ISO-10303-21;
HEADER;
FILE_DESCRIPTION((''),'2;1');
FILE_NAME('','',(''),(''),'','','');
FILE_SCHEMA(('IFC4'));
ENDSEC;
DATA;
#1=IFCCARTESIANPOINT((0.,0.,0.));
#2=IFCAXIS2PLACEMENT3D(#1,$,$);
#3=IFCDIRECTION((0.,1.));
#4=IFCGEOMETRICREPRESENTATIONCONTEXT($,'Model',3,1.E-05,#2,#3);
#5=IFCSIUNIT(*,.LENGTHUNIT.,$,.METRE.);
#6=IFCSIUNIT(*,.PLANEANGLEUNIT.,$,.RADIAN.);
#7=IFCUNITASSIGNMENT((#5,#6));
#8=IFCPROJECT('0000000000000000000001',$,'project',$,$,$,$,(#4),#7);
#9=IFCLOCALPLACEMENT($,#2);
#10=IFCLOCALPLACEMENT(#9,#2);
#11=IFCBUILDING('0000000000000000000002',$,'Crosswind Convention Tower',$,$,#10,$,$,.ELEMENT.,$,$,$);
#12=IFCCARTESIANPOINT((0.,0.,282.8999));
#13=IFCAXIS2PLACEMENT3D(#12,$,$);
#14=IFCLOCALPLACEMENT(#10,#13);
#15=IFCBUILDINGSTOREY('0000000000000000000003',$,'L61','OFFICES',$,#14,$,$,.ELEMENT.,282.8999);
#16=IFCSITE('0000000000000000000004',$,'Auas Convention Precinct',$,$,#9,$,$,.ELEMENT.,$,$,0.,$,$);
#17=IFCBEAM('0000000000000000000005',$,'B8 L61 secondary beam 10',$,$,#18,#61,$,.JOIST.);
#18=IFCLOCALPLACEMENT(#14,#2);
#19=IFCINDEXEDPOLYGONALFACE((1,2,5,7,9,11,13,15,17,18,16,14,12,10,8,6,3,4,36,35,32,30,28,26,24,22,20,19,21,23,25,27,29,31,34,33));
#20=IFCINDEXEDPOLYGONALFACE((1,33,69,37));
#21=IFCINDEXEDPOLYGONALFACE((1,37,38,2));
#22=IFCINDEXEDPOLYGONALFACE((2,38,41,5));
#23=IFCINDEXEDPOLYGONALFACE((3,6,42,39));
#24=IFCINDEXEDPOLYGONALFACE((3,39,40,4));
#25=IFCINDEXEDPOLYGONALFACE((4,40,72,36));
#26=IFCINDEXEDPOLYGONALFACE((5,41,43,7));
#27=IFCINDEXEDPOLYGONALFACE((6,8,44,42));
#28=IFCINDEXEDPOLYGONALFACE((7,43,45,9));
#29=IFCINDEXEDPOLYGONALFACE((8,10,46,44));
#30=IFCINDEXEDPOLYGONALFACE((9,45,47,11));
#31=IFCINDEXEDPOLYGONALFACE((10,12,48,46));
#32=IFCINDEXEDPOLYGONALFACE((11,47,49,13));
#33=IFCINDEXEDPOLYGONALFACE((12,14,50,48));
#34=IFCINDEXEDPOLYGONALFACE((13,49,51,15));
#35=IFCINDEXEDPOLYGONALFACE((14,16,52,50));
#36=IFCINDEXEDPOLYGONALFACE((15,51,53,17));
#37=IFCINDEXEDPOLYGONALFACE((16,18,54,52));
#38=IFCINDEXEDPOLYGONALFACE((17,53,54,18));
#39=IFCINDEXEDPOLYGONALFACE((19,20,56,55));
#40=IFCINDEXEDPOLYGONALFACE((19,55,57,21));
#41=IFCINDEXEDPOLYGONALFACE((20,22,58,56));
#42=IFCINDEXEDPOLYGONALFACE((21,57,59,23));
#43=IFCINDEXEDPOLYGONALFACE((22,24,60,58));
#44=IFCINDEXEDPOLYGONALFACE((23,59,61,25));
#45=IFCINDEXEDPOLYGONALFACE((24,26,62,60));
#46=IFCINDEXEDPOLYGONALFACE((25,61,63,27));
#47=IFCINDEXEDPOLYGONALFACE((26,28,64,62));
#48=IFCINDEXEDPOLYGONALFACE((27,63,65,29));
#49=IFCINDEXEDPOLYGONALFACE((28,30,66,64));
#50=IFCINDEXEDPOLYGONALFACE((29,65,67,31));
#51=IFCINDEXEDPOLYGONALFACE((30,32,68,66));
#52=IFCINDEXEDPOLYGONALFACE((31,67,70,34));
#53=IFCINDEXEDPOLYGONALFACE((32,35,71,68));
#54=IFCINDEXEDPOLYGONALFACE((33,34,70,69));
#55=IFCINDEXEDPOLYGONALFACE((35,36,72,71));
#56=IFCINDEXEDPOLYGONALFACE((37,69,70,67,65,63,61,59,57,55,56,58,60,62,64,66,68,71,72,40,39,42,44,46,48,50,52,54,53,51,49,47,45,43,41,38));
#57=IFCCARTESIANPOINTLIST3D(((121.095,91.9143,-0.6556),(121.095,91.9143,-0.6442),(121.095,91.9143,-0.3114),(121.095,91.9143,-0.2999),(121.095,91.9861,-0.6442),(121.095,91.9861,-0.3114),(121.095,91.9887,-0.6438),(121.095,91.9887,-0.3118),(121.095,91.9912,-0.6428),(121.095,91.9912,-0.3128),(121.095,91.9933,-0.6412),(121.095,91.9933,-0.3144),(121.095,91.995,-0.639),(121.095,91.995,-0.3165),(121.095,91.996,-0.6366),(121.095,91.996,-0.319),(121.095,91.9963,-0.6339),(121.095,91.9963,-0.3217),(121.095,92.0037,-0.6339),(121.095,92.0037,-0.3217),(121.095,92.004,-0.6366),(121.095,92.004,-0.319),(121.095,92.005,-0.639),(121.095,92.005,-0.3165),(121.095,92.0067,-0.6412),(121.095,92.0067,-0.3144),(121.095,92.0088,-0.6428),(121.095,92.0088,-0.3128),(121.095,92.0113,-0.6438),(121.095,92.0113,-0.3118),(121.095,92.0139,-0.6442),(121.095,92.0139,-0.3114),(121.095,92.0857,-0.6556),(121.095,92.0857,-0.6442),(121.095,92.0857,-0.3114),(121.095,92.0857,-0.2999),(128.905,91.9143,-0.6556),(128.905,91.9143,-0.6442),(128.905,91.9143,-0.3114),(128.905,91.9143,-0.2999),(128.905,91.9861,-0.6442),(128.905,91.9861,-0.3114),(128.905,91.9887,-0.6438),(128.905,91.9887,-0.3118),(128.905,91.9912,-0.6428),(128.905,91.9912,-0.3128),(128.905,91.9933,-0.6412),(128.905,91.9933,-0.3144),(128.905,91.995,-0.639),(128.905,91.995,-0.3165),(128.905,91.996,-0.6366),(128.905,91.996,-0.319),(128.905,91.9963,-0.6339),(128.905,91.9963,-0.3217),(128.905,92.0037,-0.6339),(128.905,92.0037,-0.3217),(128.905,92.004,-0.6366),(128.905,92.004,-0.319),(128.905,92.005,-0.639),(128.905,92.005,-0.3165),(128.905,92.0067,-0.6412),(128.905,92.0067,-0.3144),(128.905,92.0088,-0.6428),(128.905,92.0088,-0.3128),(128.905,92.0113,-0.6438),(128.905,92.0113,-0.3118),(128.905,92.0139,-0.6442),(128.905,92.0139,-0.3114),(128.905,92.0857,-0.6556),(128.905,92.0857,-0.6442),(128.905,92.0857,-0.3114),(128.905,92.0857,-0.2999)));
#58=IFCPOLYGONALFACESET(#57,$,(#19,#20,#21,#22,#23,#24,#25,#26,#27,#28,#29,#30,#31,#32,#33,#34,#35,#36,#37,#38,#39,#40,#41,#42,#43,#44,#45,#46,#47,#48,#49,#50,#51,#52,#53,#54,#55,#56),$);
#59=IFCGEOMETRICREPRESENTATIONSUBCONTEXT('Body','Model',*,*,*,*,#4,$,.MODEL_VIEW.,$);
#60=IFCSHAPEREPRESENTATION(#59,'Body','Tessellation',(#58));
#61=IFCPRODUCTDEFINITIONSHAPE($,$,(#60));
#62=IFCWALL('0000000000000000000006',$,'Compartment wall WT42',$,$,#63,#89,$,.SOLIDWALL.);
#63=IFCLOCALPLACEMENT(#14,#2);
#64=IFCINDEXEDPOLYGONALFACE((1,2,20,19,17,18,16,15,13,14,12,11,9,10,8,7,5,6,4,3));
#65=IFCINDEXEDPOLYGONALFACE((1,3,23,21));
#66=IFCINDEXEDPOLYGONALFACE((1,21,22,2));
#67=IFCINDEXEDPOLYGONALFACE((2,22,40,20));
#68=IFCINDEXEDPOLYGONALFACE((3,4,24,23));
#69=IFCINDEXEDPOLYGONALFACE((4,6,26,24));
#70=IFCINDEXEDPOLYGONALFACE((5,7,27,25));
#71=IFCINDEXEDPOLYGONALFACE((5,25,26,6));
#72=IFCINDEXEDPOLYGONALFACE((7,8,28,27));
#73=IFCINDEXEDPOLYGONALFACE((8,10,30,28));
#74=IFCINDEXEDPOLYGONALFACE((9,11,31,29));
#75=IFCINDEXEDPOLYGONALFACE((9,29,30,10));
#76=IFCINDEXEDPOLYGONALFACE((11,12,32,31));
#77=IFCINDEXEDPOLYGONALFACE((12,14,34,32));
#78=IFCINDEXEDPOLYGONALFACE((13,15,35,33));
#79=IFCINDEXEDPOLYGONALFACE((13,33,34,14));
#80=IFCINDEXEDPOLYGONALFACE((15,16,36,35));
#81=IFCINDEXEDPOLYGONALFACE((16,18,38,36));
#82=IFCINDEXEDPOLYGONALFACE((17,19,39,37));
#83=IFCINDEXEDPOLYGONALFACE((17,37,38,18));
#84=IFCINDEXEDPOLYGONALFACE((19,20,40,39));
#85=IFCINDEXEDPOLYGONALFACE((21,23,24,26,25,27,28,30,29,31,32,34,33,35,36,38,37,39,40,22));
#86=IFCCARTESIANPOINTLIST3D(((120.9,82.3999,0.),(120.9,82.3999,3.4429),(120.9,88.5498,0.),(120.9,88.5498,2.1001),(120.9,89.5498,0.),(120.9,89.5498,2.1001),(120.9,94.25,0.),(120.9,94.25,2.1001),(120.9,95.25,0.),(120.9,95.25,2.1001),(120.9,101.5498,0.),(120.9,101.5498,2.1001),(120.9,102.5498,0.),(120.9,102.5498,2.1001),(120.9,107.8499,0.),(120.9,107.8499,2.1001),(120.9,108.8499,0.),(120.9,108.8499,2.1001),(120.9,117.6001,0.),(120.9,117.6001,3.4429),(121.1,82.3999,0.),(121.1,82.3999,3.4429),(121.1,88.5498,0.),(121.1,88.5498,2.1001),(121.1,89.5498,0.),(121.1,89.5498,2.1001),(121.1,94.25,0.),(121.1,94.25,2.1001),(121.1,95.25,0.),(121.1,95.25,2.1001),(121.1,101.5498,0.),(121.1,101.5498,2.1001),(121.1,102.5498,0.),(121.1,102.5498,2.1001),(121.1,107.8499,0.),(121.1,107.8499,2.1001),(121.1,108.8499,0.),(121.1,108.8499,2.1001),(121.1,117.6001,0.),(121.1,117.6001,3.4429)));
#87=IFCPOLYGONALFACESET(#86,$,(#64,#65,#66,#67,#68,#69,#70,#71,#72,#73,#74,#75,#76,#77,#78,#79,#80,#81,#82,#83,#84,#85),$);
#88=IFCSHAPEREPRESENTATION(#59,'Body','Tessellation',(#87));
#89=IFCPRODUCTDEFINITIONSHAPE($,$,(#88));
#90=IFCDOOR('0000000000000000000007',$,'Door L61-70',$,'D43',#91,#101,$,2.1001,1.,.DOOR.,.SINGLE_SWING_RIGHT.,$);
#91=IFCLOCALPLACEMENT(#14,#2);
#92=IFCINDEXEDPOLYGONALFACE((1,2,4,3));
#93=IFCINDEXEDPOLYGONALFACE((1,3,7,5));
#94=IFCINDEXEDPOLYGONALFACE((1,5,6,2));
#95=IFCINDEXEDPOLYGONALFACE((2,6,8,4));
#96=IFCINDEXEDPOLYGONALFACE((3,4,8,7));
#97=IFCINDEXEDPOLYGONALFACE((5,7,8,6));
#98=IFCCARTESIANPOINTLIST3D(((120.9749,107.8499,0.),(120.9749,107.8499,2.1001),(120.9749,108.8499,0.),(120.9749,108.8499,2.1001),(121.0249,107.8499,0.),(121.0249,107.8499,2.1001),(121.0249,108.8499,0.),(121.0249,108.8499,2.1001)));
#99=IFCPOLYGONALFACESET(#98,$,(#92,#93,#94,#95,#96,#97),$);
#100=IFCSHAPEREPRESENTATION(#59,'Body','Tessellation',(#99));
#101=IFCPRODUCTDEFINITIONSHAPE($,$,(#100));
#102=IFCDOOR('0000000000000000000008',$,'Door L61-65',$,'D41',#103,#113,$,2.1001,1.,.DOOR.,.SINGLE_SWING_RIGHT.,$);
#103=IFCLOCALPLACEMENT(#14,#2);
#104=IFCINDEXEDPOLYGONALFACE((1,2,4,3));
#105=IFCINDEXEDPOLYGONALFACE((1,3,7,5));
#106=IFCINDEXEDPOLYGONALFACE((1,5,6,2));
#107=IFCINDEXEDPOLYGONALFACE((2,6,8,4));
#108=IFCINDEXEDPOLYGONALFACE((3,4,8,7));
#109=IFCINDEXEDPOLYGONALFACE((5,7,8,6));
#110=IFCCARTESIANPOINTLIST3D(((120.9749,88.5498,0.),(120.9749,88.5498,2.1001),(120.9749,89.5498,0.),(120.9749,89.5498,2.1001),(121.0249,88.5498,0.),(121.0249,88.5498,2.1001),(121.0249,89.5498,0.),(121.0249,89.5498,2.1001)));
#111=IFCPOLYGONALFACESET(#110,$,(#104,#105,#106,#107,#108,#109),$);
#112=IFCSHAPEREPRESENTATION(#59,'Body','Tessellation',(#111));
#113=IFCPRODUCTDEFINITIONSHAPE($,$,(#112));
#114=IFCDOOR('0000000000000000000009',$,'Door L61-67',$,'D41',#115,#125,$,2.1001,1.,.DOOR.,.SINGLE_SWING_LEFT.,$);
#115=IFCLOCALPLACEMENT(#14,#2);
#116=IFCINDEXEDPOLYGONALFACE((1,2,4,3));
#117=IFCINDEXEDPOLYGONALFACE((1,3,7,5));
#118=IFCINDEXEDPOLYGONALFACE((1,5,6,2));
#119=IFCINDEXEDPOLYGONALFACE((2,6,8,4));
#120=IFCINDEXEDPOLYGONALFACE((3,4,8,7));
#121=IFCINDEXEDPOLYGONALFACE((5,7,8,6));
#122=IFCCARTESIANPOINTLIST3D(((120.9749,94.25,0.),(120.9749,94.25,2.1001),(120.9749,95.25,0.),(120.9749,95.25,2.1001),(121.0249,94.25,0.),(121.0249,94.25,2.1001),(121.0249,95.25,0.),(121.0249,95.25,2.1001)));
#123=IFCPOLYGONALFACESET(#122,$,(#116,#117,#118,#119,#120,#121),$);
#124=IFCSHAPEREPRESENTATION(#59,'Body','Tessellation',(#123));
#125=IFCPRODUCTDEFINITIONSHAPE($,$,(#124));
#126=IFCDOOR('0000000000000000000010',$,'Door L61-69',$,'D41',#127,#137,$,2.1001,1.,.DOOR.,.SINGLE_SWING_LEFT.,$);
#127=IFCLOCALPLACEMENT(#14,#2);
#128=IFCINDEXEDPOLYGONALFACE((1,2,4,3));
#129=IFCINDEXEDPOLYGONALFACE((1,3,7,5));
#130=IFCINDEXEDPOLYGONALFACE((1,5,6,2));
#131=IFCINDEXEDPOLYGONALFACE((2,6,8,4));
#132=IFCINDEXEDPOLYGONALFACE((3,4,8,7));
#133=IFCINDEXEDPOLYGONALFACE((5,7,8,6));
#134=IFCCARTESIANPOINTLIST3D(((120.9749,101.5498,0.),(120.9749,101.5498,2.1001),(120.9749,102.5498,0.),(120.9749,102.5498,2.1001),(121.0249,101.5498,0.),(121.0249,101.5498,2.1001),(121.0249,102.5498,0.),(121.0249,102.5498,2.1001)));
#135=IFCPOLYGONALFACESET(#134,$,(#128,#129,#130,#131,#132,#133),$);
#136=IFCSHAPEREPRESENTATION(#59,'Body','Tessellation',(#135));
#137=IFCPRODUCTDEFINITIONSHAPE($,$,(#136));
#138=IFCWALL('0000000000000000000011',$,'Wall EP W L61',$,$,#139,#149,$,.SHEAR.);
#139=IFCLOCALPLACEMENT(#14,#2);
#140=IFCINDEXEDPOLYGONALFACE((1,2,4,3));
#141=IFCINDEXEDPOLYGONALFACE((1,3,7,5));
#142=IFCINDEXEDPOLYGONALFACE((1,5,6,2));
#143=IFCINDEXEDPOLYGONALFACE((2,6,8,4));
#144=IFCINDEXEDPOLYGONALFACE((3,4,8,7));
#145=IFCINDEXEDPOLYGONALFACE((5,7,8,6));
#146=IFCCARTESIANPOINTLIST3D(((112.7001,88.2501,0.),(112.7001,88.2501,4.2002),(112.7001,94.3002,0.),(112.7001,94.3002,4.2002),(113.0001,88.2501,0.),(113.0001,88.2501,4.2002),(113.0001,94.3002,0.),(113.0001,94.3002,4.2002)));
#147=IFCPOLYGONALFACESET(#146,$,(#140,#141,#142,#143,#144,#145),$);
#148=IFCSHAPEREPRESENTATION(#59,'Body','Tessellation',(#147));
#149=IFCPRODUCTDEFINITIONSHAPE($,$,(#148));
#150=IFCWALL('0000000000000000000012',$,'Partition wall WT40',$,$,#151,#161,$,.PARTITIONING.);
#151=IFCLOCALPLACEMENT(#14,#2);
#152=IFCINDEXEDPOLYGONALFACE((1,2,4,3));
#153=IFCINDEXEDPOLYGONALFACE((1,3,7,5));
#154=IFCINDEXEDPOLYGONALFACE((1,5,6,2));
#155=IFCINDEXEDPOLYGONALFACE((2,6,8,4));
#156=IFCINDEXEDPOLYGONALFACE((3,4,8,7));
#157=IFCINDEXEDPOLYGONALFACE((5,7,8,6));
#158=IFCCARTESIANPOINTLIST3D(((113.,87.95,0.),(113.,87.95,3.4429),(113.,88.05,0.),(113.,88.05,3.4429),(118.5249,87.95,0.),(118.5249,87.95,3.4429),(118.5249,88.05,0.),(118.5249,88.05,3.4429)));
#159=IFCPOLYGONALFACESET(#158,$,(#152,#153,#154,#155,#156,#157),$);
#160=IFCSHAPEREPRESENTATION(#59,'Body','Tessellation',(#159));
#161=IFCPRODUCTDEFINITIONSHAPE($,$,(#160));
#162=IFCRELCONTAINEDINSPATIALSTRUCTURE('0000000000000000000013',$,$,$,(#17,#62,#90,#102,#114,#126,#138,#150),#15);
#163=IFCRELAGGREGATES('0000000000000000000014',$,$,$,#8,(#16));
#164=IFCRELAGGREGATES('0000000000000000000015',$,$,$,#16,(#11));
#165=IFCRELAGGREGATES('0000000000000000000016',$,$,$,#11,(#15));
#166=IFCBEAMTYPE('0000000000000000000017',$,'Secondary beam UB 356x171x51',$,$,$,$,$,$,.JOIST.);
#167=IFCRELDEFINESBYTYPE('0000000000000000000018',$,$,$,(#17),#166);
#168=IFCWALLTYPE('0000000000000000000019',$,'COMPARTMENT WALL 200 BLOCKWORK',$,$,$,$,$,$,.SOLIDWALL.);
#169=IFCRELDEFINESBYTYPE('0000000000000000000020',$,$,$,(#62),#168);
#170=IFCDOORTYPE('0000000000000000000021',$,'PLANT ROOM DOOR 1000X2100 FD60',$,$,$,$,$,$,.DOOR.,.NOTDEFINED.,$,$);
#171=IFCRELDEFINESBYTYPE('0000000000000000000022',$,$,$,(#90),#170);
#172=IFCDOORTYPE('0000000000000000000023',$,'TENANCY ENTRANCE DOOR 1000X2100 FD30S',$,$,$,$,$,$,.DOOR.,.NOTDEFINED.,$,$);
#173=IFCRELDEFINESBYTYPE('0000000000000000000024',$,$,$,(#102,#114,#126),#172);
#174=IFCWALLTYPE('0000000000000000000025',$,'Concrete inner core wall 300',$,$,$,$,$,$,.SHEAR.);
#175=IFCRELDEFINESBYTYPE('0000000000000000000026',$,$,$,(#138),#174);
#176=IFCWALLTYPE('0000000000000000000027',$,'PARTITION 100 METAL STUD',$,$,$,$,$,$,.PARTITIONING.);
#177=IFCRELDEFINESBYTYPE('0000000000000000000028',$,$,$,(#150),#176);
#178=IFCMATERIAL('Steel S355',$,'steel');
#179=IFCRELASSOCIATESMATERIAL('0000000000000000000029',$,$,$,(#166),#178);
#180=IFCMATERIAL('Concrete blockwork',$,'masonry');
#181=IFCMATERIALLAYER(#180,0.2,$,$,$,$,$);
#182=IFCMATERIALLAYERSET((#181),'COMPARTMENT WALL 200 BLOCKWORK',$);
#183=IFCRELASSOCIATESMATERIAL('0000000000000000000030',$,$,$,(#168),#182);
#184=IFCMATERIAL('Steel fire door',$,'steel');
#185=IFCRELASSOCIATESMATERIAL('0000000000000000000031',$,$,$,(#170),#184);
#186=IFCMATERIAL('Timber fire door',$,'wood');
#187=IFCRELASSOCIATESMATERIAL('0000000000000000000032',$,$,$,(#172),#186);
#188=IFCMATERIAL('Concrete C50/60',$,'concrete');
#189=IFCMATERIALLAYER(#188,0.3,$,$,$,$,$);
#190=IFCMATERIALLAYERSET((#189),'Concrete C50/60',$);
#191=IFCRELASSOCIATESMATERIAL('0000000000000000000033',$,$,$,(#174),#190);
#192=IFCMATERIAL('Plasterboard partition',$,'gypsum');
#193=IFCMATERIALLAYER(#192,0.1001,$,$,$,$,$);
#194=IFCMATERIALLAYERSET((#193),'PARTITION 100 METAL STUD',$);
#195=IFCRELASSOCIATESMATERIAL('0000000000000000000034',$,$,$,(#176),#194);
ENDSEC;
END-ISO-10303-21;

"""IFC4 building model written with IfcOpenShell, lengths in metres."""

from ifc_helpers import new_model, si_unit, direction, frame, frame_2d, origin, origin_2d, place, context, subcontext, project, spatial, rectangle, i_section, extrude, material, layer, layer_set, material_profile, profile_set, type_object, element, fill, save


model = new_model("IFC4")

# Units and contexts
model_context = context("Model", 3, precision=1e-05, world=origin(), true_north=direction((0.0, 1.0)))
body_context = subcontext(model_context, "Body", "Model", "MODEL_VIEW")
ifc_project = project(units=[si_unit("LENGTHUNIT", "METRE"), si_unit("PLANEANGLEUNIT", "RADIAN")], contexts=[model_context])

# Site, building, storey
site_placement = place(None, origin())
site = spatial("IfcSite", under=ifc_project, at=site_placement, Name="Auas Convention Precinct", CompositionType="ELEMENT", RefElevation=0.0)
building_placement = place(site_placement, origin())
building = spatial("IfcBuilding", under=site, at=building_placement, Name="Crosswind Convention Tower", CompositionType="ELEMENT")
storey_placement = place(building_placement, frame((0.0, 0.0, 282.8999)))
storey = spatial("IfcBuildingStorey", under=building, at=storey_placement, Name="L61", Description="OFFICES", CompositionType="ELEMENT", Elevation=282.8999)

# Beam
ifc_material_1 = material(Name="Steel S355", Category="steel")
ifc_material_profile_1 = material_profile(ifc_material_1, i_section(OverallWidth=0.1714, OverallDepth=0.3557, WebThickness=0.0073, FlangeThickness=0.0115, FilletRadius=0.0103, at=origin_2d()), Name="UB 356x171x51")
ifc_profile_set_1 = profile_set([ifc_material_profile_1], Name="Steel S355")
beam_type_1 = type_object("IfcBeamType", Name="Secondary beam UB 356x171x51", PredefinedType="JOIST", material=ifc_profile_set_1)
for number, where, z_axis, x_axis, name in (
    (1, (121.095, 92.0, -0.4778), (1.0, 0.0, 0.0), (0.0, 1.0, 0.0), "B8 L61 secondary beam 10"),
):
    element("IfcBeam", number, at=place(storey_placement, frame(where, z_axis=z_axis, x_axis=x_axis)), inside=storey, type_object=beam_type_1, Name=name, PredefinedType="JOIST", context=body_context, shape_type="SweptSolid", body=[
        extrude(i_section(OverallWidth=0.1714, OverallDepth=0.3557, WebThickness=0.0073, FlangeThickness=0.0115, FilletRadius=0.0103, at=origin_2d()), origin(), (0.0, 0.0, 1.0), 7.8101),
    ])

# Wall, openings, doors
ifc_material_2 = material(Name="Concrete blockwork", Category="masonry")
ifc_layer_1 = layer(ifc_material_2, 0.2)
ifc_layer_set_1 = layer_set([ifc_layer_1], Name="COMPARTMENT WALL 200 BLOCKWORK")
wall_type_1 = type_object("IfcWallType", Name="COMPARTMENT WALL 200 BLOCKWORK", PredefinedType="SOLIDWALL", material=ifc_layer_set_1)
wall_1_placement = place(storey_placement, frame((121.0, 82.3999, 0.0), z_axis=(0.0, 0.0, 1.0), x_axis=(0.0, 1.0, 0.0)))
wall_1 = element("IfcWall", 2, at=wall_1_placement, inside=storey, type_object=wall_type_1, Name="Compartment wall WT42", PredefinedType="SOLIDWALL", context=body_context, shape_type="SweptSolid", body=[
    extrude(rectangle(XDim=35.2002, YDim=0.2, at=frame_2d((17.6001, 0.0))), origin(), (0.0, 0.0, 1.0), 3.4429),
])
opening_1_placement = place(wall_1_placement, frame((6.1499, 0.0, 0.0)))
opening_1 = element("IfcOpeningElement", 3, at=opening_1_placement, cuts=wall_1, PredefinedType="OPENING", context=body_context, shape_type="SweptSolid", body=[
    extrude(rectangle(XDim=1.0, YDim=2.1001, at=frame_2d((0.5, 1.05))), frame((0.0, 0.1099, 0.0), z_axis=(0.0, -1.0, 0.0), x_axis=(1.0, 0.0, 0.0)), (0.0, 0.0, 1.0), 0.22),
])
opening_2_placement = place(wall_1_placement, frame((11.8501, 0.0, 0.0)))
opening_2 = element("IfcOpeningElement", 4, at=opening_2_placement, cuts=wall_1, PredefinedType="OPENING", context=body_context, shape_type="SweptSolid", body=[
    extrude(rectangle(XDim=1.0, YDim=2.1001, at=frame_2d((0.5, 1.05))), frame((0.0, 0.1099, 0.0), z_axis=(0.0, -1.0, 0.0), x_axis=(1.0, 0.0, 0.0)), (0.0, 0.0, 1.0), 0.22),
])
opening_3_placement = place(wall_1_placement, frame((19.1499, 0.0, 0.0)))
opening_3 = element("IfcOpeningElement", 5, at=opening_3_placement, cuts=wall_1, PredefinedType="OPENING", context=body_context, shape_type="SweptSolid", body=[
    extrude(rectangle(XDim=1.0, YDim=2.1001, at=frame_2d((0.5, 1.05))), frame((0.0, 0.1099, 0.0), z_axis=(0.0, -1.0, 0.0), x_axis=(1.0, 0.0, 0.0)), (0.0, 0.0, 1.0), 0.22),
])
opening_4_placement = place(wall_1_placement, frame((25.45, 0.0, 0.0)))
opening_4 = element("IfcOpeningElement", 6, at=opening_4_placement, cuts=wall_1, PredefinedType="OPENING", context=body_context, shape_type="SweptSolid", body=[
    extrude(rectangle(XDim=1.0, YDim=2.1001, at=frame_2d((0.5, 1.05))), frame((0.0, 0.1099, 0.0), z_axis=(0.0, -1.0, 0.0), x_axis=(1.0, 0.0, 0.0)), (0.0, 0.0, 1.0), 0.22),
])
ifc_material_3 = material(Name="Steel fire door", Category="steel")
door_type_1 = type_object("IfcDoorType", Name="PLANT ROOM DOOR 1000X2100 FD60", OperationType="NOTDEFINED", PredefinedType="DOOR", material=ifc_material_3)
door_1_placement = place(opening_4_placement, frame((1.0, 0.0, 0.0), z_axis=(0.0, 0.0, 1.0), x_axis=(-1.0, 0.0, 0.0)))
door_1 = element("IfcDoor", 7, at=door_1_placement, inside=storey, type_object=door_type_1, Name="Door L61-70", ObjectType="D43", OperationType="SINGLE_SWING_RIGHT", OverallHeight=2.1001, OverallWidth=1.0, PredefinedType="DOOR", context=body_context, shape_type="SweptSolid", body=[
    extrude(rectangle(XDim=1.0, YDim=2.1001, at=frame_2d((0.5, 1.05))), frame((0.0, 0.0249, 0.0), z_axis=(0.0, -1.0, 0.0), x_axis=(1.0, 0.0, 0.0)), (0.0, 0.0, 1.0), 0.05),
])
fill(opening_4, door_1)
ifc_material_4 = material(Name="Timber fire door", Category="wood")
door_type_2 = type_object("IfcDoorType", Name="TENANCY ENTRANCE DOOR 1000X2100 FD30S", OperationType="NOTDEFINED", PredefinedType="DOOR", material=ifc_material_4)
door_2_placement = place(opening_1_placement, frame((1.0, 0.0, 0.0), z_axis=(0.0, 0.0, 1.0), x_axis=(-1.0, 0.0, 0.0)))
door_2 = element("IfcDoor", 8, at=door_2_placement, inside=storey, type_object=door_type_2, Name="Door L61-65", ObjectType="D41", OperationType="SINGLE_SWING_RIGHT", OverallHeight=2.1001, OverallWidth=1.0, PredefinedType="DOOR", context=body_context, shape_type="SweptSolid", body=[
    extrude(rectangle(XDim=1.0, YDim=2.1001, at=frame_2d((0.5, 1.05))), frame((0.0, 0.0249, 0.0), z_axis=(0.0, -1.0, 0.0), x_axis=(1.0, 0.0, 0.0)), (0.0, 0.0, 1.0), 0.05),
])
fill(opening_1, door_2)
door_3_placement = place(opening_2_placement, frame((1.0, 0.0, 0.0), z_axis=(0.0, 0.0, 1.0), x_axis=(-1.0, 0.0, 0.0)))
door_3 = element("IfcDoor", 9, at=door_3_placement, inside=storey, type_object=door_type_2, Name="Door L61-67", ObjectType="D41", OperationType="SINGLE_SWING_LEFT", OverallHeight=2.1001, OverallWidth=1.0, PredefinedType="DOOR", context=body_context, shape_type="SweptSolid", body=[
    extrude(rectangle(XDim=1.0, YDim=2.1001, at=frame_2d((0.5, 1.05))), frame((0.0, 0.0249, 0.0), z_axis=(0.0, -1.0, 0.0), x_axis=(1.0, 0.0, 0.0)), (0.0, 0.0, 1.0), 0.05),
])
fill(opening_2, door_3)
door_4_placement = place(opening_3_placement, frame((1.0, 0.0, 0.0), z_axis=(0.0, 0.0, 1.0), x_axis=(-1.0, 0.0, 0.0)))
door_4 = element("IfcDoor", 10, at=door_4_placement, inside=storey, type_object=door_type_2, Name="Door L61-69", ObjectType="D41", OperationType="SINGLE_SWING_LEFT", OverallHeight=2.1001, OverallWidth=1.0, PredefinedType="DOOR", context=body_context, shape_type="SweptSolid", body=[
    extrude(rectangle(XDim=1.0, YDim=2.1001, at=frame_2d((0.5, 1.05))), frame((0.0, 0.0249, 0.0), z_axis=(0.0, -1.0, 0.0), x_axis=(1.0, 0.0, 0.0)), (0.0, 0.0, 1.0), 0.05),
])
fill(opening_3, door_4)

# Walls
ifc_material_5 = material(Name="Concrete C50/60", Category="concrete")
ifc_layer_2 = layer(ifc_material_5, 0.3)
ifc_layer_set_2 = layer_set([ifc_layer_2], Name="Concrete C50/60")
wall_type_2 = type_object("IfcWallType", Name="Concrete inner core wall 300", PredefinedType="SHEAR", material=ifc_layer_set_2)
wall_2_placement = place(storey_placement, frame((112.8501, 94.3, 0.0), z_axis=(0.0, 0.0, 1.0), x_axis=(0.0, -1.0, 0.0)))
element("IfcWall", 11, at=wall_2_placement, inside=storey, type_object=wall_type_2, Name="Wall EP W L61", PredefinedType="SHEAR", context=body_context, shape_type="SweptSolid", body=[
    extrude(rectangle(XDim=6.05, YDim=0.3, at=frame_2d((3.0249, 0.0))), origin(), (0.0, 0.0, 1.0), 4.2002),
])
ifc_material_6 = material(Name="Plasterboard partition", Category="gypsum")
ifc_layer_3 = layer(ifc_material_6, 0.1001)
ifc_layer_set_3 = layer_set([ifc_layer_3], Name="PARTITION 100 METAL STUD")
wall_type_3 = type_object("IfcWallType", Name="PARTITION 100 METAL STUD", PredefinedType="PARTITIONING", material=ifc_layer_set_3)
for number, where, z_axis, x_axis, name in (
    (12, (113.0, 88.0, 0.0), (0.0, 0.0, 1.0), (1.0, 0.0, 0.0), "Partition wall WT40"),
):
    element("IfcWall", number, at=place(storey_placement, frame(where, z_axis=z_axis, x_axis=x_axis)), inside=storey, type_object=wall_type_3, Name=name, PredefinedType="PARTITIONING", context=body_context, shape_type="SweptSolid", body=[
        extrude(rectangle(XDim=5.5249, YDim=0.1001, at=frame_2d((2.7625, 0.0))), origin(), (0.0, 0.0, 1.0), 3.4429),
    ])

save(model, "model.ifc")
